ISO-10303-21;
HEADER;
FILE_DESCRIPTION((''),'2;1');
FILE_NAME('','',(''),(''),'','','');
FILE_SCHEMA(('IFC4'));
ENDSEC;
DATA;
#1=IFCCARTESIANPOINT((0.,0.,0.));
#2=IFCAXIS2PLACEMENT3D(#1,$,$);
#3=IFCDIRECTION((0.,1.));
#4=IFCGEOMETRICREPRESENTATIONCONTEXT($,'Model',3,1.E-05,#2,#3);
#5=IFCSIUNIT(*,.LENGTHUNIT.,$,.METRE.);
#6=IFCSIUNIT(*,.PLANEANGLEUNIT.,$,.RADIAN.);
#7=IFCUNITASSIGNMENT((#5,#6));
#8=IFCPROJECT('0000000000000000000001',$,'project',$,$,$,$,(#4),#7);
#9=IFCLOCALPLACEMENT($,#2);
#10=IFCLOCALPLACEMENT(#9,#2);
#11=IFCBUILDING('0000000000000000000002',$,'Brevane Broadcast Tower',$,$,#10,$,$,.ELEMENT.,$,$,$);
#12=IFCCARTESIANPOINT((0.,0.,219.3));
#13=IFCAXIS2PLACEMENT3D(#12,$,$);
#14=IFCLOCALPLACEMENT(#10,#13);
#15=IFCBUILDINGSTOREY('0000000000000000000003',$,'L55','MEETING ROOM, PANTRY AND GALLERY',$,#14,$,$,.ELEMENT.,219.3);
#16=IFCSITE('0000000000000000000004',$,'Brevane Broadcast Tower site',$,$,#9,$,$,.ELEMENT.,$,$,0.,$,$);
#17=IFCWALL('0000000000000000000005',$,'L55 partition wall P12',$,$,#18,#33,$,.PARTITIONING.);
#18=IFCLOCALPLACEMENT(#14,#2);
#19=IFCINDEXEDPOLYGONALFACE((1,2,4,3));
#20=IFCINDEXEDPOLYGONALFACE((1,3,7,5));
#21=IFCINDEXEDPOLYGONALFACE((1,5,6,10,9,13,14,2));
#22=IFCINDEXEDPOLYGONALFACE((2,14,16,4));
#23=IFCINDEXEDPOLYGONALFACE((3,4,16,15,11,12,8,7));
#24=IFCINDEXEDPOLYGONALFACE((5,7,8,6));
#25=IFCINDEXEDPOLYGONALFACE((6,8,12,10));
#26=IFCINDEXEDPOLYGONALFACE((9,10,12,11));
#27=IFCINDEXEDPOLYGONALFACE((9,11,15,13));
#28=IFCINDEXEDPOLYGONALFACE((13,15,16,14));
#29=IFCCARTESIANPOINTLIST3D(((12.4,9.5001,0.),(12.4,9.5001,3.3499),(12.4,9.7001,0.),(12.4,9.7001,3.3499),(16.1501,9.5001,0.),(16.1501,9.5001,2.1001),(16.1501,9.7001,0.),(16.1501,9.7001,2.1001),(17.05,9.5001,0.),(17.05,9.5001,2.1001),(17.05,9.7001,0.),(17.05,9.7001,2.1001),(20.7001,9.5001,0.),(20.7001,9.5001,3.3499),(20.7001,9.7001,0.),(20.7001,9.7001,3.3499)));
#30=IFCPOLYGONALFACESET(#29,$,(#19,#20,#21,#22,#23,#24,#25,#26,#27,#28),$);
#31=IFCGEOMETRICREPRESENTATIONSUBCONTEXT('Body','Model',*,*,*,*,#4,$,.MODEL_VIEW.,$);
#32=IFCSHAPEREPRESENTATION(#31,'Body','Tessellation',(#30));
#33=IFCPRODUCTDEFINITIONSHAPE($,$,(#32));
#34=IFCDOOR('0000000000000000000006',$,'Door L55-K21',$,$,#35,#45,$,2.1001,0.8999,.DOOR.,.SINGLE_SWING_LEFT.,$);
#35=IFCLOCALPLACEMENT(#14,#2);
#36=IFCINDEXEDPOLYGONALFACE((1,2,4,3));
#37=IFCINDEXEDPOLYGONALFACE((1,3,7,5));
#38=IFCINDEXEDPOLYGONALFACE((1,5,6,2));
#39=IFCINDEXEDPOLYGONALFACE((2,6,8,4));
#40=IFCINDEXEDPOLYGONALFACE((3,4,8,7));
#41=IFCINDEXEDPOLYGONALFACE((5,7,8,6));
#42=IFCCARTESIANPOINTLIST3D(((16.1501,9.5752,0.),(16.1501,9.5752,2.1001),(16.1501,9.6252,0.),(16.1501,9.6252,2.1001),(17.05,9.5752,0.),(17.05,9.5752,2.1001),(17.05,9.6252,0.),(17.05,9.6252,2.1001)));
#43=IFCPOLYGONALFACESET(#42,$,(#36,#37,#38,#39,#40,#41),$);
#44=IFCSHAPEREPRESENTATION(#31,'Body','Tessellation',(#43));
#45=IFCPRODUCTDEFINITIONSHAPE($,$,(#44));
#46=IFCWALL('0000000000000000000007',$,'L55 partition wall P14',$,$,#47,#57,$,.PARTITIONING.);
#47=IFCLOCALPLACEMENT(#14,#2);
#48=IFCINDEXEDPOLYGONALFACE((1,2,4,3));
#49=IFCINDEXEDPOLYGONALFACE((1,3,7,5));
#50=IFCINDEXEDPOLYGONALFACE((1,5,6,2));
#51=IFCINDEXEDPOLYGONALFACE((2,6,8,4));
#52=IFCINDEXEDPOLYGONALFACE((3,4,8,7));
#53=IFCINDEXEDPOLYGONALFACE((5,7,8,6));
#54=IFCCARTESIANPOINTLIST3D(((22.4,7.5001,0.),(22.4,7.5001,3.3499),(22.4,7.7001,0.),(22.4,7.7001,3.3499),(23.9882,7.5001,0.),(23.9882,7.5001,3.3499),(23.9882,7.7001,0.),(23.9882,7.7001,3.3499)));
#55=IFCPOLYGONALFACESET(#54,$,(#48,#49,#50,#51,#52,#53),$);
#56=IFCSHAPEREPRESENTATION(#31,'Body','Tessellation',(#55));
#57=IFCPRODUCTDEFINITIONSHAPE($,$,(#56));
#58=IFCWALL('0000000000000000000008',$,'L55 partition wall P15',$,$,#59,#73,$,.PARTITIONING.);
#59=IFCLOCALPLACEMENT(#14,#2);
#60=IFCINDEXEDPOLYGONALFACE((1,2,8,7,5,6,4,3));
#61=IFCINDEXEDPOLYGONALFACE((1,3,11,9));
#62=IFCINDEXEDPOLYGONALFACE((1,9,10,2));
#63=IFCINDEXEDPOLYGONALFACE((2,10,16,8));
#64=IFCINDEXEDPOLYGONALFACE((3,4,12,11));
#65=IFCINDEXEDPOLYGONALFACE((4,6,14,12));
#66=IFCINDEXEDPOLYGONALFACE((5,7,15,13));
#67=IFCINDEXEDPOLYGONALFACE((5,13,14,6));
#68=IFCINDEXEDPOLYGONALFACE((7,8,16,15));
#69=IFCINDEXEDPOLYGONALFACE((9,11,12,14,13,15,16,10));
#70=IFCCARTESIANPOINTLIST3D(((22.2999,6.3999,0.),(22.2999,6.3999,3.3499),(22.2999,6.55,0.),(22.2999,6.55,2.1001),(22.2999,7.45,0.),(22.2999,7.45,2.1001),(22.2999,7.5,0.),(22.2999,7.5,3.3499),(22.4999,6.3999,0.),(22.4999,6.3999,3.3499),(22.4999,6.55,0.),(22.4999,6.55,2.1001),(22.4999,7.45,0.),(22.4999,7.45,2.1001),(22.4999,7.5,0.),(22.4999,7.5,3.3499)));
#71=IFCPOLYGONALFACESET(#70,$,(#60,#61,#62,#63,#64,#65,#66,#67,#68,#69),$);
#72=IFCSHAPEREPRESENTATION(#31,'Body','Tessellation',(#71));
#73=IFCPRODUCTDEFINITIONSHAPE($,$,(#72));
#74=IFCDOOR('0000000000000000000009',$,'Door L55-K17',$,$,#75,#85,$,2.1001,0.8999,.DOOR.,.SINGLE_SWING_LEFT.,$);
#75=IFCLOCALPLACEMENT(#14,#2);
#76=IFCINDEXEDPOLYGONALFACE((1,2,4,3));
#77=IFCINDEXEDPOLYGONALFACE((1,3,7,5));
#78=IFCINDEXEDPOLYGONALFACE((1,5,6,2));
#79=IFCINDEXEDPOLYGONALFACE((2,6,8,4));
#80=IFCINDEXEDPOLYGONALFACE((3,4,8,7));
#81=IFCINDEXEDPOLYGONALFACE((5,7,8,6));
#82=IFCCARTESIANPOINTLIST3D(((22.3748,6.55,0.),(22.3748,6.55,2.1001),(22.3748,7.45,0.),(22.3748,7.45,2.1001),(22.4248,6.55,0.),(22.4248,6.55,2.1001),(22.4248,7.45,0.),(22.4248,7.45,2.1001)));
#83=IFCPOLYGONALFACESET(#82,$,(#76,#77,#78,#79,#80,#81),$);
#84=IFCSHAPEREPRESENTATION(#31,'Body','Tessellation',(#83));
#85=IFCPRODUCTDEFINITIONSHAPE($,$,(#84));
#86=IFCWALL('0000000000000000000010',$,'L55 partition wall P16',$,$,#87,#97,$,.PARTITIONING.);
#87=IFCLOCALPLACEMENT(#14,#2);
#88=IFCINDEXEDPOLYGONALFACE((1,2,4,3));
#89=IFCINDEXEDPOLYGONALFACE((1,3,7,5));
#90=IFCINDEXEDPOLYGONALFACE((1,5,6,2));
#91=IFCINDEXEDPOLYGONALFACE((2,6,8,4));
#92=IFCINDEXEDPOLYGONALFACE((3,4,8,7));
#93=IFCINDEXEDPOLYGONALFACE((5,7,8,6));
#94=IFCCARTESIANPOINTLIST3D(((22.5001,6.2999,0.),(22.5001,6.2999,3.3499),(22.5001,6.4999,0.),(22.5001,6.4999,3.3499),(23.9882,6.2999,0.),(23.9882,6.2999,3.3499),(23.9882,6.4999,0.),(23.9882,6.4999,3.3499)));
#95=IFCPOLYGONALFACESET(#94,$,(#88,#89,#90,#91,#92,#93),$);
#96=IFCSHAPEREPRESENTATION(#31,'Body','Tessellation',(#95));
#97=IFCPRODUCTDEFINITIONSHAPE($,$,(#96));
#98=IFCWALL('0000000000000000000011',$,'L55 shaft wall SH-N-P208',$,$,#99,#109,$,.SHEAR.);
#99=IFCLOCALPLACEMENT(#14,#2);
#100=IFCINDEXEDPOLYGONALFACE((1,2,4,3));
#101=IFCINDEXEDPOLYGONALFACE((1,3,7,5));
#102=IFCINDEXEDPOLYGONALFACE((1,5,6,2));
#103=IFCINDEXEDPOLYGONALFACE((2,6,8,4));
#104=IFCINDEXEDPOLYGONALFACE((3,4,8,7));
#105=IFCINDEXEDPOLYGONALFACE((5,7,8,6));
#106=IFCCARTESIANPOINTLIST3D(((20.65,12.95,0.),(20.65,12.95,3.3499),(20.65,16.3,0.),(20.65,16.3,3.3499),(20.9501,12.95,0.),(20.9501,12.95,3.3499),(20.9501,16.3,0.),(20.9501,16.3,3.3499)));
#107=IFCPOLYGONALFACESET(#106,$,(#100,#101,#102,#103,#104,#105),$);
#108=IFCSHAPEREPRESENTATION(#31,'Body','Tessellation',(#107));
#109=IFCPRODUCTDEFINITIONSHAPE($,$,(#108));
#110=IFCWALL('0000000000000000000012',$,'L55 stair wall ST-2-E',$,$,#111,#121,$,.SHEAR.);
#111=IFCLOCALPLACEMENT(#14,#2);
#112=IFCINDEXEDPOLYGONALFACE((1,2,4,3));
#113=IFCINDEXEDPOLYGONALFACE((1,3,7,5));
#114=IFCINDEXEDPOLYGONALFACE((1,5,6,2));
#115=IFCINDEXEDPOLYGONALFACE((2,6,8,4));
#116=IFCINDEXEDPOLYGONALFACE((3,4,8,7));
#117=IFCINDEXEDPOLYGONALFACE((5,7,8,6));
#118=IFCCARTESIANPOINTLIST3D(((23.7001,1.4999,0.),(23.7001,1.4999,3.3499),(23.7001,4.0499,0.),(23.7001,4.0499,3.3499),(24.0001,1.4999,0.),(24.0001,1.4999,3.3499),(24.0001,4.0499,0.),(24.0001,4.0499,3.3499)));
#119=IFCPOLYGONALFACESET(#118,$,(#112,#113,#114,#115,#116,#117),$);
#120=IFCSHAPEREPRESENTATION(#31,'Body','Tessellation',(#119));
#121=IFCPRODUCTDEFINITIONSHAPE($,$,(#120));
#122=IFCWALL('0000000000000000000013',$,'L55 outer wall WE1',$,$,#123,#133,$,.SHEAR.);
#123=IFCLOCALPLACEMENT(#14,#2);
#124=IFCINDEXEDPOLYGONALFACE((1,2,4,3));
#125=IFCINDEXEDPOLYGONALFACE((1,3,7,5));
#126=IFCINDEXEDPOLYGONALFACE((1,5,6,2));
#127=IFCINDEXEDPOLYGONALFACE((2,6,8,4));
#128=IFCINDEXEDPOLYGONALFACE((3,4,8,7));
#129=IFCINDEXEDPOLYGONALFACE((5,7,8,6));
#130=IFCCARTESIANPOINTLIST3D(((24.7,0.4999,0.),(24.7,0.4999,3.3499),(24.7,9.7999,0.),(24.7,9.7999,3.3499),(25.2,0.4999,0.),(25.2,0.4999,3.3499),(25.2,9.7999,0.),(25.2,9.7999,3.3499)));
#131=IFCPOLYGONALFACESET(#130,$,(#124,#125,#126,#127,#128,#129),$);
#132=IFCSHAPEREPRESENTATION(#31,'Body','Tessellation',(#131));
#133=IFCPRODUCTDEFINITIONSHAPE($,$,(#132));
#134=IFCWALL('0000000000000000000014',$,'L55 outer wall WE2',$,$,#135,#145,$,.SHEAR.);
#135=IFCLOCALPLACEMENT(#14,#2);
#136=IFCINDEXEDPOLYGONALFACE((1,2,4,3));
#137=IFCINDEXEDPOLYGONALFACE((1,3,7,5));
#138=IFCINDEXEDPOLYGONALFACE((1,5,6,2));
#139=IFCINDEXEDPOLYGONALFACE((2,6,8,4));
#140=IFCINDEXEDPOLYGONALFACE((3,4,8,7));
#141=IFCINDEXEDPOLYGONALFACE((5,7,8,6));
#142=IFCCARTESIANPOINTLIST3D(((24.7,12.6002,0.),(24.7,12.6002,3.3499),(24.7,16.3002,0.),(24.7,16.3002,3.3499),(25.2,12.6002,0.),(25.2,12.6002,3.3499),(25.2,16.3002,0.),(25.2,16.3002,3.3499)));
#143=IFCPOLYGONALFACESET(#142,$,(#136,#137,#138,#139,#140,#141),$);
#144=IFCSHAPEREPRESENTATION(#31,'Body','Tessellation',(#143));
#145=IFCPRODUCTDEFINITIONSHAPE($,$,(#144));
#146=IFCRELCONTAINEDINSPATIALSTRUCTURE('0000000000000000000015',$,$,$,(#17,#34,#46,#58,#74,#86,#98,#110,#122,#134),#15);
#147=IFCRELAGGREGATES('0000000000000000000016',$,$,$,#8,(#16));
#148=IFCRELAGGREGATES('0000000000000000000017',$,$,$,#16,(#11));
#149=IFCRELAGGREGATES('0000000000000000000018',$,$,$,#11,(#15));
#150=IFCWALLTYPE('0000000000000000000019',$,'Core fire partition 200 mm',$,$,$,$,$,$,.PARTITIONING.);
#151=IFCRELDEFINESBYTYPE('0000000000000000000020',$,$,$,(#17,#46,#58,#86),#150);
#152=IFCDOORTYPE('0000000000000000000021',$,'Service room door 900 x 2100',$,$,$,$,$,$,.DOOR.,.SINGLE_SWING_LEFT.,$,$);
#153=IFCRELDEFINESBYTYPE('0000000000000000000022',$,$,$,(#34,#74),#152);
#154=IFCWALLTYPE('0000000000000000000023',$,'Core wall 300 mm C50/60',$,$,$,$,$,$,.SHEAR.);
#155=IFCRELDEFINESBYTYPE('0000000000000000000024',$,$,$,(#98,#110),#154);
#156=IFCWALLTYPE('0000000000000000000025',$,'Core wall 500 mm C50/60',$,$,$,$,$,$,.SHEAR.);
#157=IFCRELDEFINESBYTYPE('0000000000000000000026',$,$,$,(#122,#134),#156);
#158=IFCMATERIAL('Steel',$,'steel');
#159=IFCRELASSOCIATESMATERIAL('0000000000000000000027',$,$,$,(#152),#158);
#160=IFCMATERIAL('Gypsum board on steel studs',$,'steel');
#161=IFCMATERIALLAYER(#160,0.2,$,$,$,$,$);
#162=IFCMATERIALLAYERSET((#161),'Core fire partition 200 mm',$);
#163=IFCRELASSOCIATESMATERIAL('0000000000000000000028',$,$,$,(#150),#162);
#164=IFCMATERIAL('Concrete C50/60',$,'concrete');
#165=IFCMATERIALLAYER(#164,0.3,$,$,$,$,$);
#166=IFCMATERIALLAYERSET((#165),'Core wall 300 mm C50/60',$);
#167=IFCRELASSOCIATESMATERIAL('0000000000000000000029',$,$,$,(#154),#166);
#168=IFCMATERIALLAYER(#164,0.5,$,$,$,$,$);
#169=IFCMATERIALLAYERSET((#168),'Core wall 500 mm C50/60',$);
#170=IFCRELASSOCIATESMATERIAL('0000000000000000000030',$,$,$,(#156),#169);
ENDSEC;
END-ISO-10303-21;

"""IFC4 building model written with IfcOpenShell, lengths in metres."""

from ifc_helpers import new_model, si_unit, direction, frame, frame_2d, origin, place, context, subcontext, project, spatial, rectangle, extrude, material, layer, layer_set, type_object, element, fill, save


model = new_model("IFC4")

# Units and contexts
model_context = context("Model", 3, precision=1e-05, world=origin(), true_north=direction((0.0, 1.0)))
body_context = subcontext(model_context, "Body", "Model", "MODEL_VIEW")
ifc_project = project(units=[si_unit("LENGTHUNIT", "METRE"), si_unit("PLANEANGLEUNIT", "RADIAN")], contexts=[model_context])

# Site, building, storey
site_placement = place(None, origin())
site = spatial("IfcSite", under=ifc_project, at=site_placement, Name="Brevane Broadcast Tower site", CompositionType="ELEMENT", RefElevation=0.0)
building_placement = place(site_placement, origin())
building = spatial("IfcBuilding", under=site, at=building_placement, Name="Brevane Broadcast Tower", CompositionType="ELEMENT")
storey_placement = place(building_placement, frame((0.0, 0.0, 219.3)))
storey = spatial("IfcBuildingStorey", under=building, at=storey_placement, Name="L55", Description="MEETING ROOM, PANTRY AND GALLERY", CompositionType="ELEMENT", Elevation=219.3)

# Shared definitions
ifc_material_1 = material(Name="Gypsum board on steel studs", Category="steel")

# Shared definitions
ifc_material_2 = material(Name="Steel", Category="steel")
door_type = type_object("IfcDoorType", Name="Service room door 900 x 2100", OperationType="SINGLE_SWING_LEFT", PredefinedType="DOOR", material=ifc_material_2)

# Shared definitions
ifc_layer_1 = layer(ifc_material_1, 0.2)
ifc_layer_set_1 = layer_set([ifc_layer_1], Name="Core fire partition 200 mm")
wall_type_1 = type_object("IfcWallType", Name="Core fire partition 200 mm", PredefinedType="PARTITIONING", material=ifc_layer_set_1)

# Wall, opening, door
wall_1_placement = place(storey_placement, frame((20.7, 9.6001, 0.0), z_axis=(0.0, 0.0, 1.0), x_axis=(-1.0, 0.0, 0.0)))
wall_1 = element("IfcWall", 1, at=wall_1_placement, inside=storey, type_object=wall_type_1, Name="L55 partition wall P12", PredefinedType="PARTITIONING", context=body_context, shape_type="SweptSolid", body=[
    extrude(rectangle(XDim=8.3, YDim=0.2, at=frame_2d((4.1499, 0.0))), origin(), (0.0, 0.0, 1.0), 3.3499),
])
opening_1_placement = place(wall_1_placement, frame((3.6499, 0.0, 0.0)))
opening_1 = element("IfcOpeningElement", 2, at=opening_1_placement, cuts=wall_1, PredefinedType="OPENING", context=body_context, shape_type="SweptSolid", body=[
    extrude(rectangle(XDim=0.8999, YDim=2.1001, at=frame_2d((0.45, 1.05))), frame((0.0, 0.1099, 0.0), z_axis=(0.0, -1.0, 0.0), x_axis=(1.0, 0.0, 0.0)), (0.0, 0.0, 1.0), 0.22),
])
door_1_placement = place(opening_1_placement, origin())
door_1 = element("IfcDoor", 3, at=door_1_placement, inside=storey, type_object=door_type, Name="Door L55-K21", OperationType="SINGLE_SWING_LEFT", OverallHeight=2.1001, OverallWidth=0.8999, PredefinedType="DOOR", context=body_context, shape_type="SweptSolid", body=[
    extrude(rectangle(XDim=0.8999, YDim=2.1001, at=frame_2d((0.45, 1.05))), frame((0.0, 0.0249, 0.0), z_axis=(0.0, -1.0, 0.0), x_axis=(1.0, 0.0, 0.0)), (0.0, 0.0, 1.0), 0.05),
])
fill(opening_1, door_1)

# Wall
wall_2_placement = place(storey_placement, frame((23.988, 7.6001, 0.0), z_axis=(0.0, 0.0, 1.0), x_axis=(-1.0, 0.0, 0.0)))
element("IfcWall", 4, at=wall_2_placement, inside=storey, type_object=wall_type_1, Name="L55 partition wall P14", PredefinedType="PARTITIONING", context=body_context, shape_type="SweptSolid", body=[
    extrude(rectangle(XDim=1.5881, YDim=0.2, at=frame_2d((0.7939, 0.0))), origin(), (0.0, 0.0, 1.0), 3.3499),
])

# Wall, opening, door
wall_3_placement = place(storey_placement, frame((22.3999, 7.5, 0.0), z_axis=(0.0, 0.0, 1.0), x_axis=(0.0, -1.0, 0.0)))
wall_3 = element("IfcWall", 5, at=wall_3_placement, inside=storey, type_object=wall_type_1, Name="L55 partition wall P15", PredefinedType="PARTITIONING", context=body_context, shape_type="SweptSolid", body=[
    extrude(rectangle(XDim=1.1001, YDim=0.2, at=frame_2d((0.55, 0.0))), origin(), (0.0, 0.0, 1.0), 3.3499),
])
opening_2_placement = place(wall_3_placement, frame((0.05, 0.0, 0.0)))
opening_2 = element("IfcOpeningElement", 6, at=opening_2_placement, cuts=wall_3, PredefinedType="OPENING", context=body_context, shape_type="SweptSolid", body=[
    extrude(rectangle(XDim=0.8999, YDim=2.1001, at=frame_2d((0.45, 1.05))), frame((0.0, 0.1099, 0.0), z_axis=(0.0, -1.0, 0.0), x_axis=(1.0, 0.0, 0.0)), (0.0, 0.0, 1.0), 0.22),
])
door_2_placement = place(opening_2_placement, origin())
door_2 = element("IfcDoor", 7, at=door_2_placement, inside=storey, type_object=door_type, Name="Door L55-K17", OperationType="SINGLE_SWING_LEFT", OverallHeight=2.1001, OverallWidth=0.8999, PredefinedType="DOOR", context=body_context, shape_type="SweptSolid", body=[
    extrude(rectangle(XDim=0.8999, YDim=2.1001, at=frame_2d((0.45, 1.05))), frame((0.0, 0.0249, 0.0), z_axis=(0.0, -1.0, 0.0), x_axis=(1.0, 0.0, 0.0)), (0.0, 0.0, 1.0), 0.05),
])
fill(opening_2, door_2)

# Walls
wall_4_placement = place(storey_placement, frame((22.5, 6.3999, 0.0), z_axis=(0.0, 0.0, 1.0), x_axis=(1.0, 0.0, 0.0)))
element("IfcWall", 8, at=wall_4_placement, inside=storey, type_object=wall_type_1, Name="L55 partition wall P16", PredefinedType="PARTITIONING", context=body_context, shape_type="SweptSolid", body=[
    extrude(rectangle(XDim=1.488, YDim=0.2, at=frame_2d((0.7441, 0.0))), origin(), (0.0, 0.0, 1.0), 3.3499),
])
ifc_material_3 = material(Name="Concrete C50/60", Category="concrete")
ifc_layer_2 = layer(ifc_material_3, 0.3)
ifc_layer_set_2 = layer_set([ifc_layer_2], Name="Core wall 300 mm C50/60")
wall_type_2 = type_object("IfcWallType", Name="Core wall 300 mm C50/60", PredefinedType="SHEAR", material=ifc_layer_set_2)
wall_5_placement = place(storey_placement, frame((20.8, 12.95, 0.0), z_axis=(0.0, 0.0, 1.0), x_axis=(0.0, 1.0, 0.0)))
element("IfcWall", 9, at=wall_5_placement, inside=storey, type_object=wall_type_2, Name="L55 shaft wall SH-N-P208", PredefinedType="SHEAR", context=body_context, shape_type="SweptSolid", body=[
    extrude(rectangle(XDim=3.3501, YDim=0.3, at=frame_2d((1.675, 0.0))), origin(), (0.0, 0.0, 1.0), 3.3499),
])
wall_6_placement = place(storey_placement, frame((23.8501, 1.5, 0.0), z_axis=(0.0, 0.0, 1.0), x_axis=(0.0, 1.0, 0.0)))
element("IfcWall", 10, at=wall_6_placement, inside=storey, type_object=wall_type_2, Name="L55 stair wall ST-2-E", PredefinedType="SHEAR", context=body_context, shape_type="SweptSolid", body=[
    extrude(rectangle(XDim=2.55, YDim=0.3, at=frame_2d((1.2749, 0.0))), origin(), (0.0, 0.0, 1.0), 3.3499),
])
ifc_layer_3 = layer(ifc_material_3, 0.5)
ifc_layer_set_3 = layer_set([ifc_layer_3], Name="Core wall 500 mm C50/60")
wall_type_3 = type_object("IfcWallType", Name="Core wall 500 mm C50/60", PredefinedType="SHEAR", material=ifc_layer_set_3)
wall_7_placement = place(storey_placement, frame((24.95, 0.5, 0.0), z_axis=(0.0, 0.0, 1.0), x_axis=(0.0, 1.0, 0.0)))
element("IfcWall", 11, at=wall_7_placement, inside=storey, type_object=wall_type_3, Name="L55 outer wall WE1", PredefinedType="SHEAR", context=body_context, shape_type="SweptSolid", body=[
    extrude(rectangle(XDim=9.3, YDim=0.5, at=frame_2d((4.6499, 0.0))), origin(), (0.0, 0.0, 1.0), 3.3499),
])
wall_8_placement = place(storey_placement, frame((24.95, 12.6001, 0.0), z_axis=(0.0, 0.0, 1.0), x_axis=(0.0, 1.0, 0.0)))
element("IfcWall", 12, at=wall_8_placement, inside=storey, type_object=wall_type_3, Name="L55 outer wall WE2", PredefinedType="SHEAR", context=body_context, shape_type="SweptSolid", body=[
    extrude(rectangle(XDim=3.7, YDim=0.5, at=frame_2d((1.8501, 0.0))), origin(), (0.0, 0.0, 1.0), 3.3499),
])

save(model, "model.ifc")
